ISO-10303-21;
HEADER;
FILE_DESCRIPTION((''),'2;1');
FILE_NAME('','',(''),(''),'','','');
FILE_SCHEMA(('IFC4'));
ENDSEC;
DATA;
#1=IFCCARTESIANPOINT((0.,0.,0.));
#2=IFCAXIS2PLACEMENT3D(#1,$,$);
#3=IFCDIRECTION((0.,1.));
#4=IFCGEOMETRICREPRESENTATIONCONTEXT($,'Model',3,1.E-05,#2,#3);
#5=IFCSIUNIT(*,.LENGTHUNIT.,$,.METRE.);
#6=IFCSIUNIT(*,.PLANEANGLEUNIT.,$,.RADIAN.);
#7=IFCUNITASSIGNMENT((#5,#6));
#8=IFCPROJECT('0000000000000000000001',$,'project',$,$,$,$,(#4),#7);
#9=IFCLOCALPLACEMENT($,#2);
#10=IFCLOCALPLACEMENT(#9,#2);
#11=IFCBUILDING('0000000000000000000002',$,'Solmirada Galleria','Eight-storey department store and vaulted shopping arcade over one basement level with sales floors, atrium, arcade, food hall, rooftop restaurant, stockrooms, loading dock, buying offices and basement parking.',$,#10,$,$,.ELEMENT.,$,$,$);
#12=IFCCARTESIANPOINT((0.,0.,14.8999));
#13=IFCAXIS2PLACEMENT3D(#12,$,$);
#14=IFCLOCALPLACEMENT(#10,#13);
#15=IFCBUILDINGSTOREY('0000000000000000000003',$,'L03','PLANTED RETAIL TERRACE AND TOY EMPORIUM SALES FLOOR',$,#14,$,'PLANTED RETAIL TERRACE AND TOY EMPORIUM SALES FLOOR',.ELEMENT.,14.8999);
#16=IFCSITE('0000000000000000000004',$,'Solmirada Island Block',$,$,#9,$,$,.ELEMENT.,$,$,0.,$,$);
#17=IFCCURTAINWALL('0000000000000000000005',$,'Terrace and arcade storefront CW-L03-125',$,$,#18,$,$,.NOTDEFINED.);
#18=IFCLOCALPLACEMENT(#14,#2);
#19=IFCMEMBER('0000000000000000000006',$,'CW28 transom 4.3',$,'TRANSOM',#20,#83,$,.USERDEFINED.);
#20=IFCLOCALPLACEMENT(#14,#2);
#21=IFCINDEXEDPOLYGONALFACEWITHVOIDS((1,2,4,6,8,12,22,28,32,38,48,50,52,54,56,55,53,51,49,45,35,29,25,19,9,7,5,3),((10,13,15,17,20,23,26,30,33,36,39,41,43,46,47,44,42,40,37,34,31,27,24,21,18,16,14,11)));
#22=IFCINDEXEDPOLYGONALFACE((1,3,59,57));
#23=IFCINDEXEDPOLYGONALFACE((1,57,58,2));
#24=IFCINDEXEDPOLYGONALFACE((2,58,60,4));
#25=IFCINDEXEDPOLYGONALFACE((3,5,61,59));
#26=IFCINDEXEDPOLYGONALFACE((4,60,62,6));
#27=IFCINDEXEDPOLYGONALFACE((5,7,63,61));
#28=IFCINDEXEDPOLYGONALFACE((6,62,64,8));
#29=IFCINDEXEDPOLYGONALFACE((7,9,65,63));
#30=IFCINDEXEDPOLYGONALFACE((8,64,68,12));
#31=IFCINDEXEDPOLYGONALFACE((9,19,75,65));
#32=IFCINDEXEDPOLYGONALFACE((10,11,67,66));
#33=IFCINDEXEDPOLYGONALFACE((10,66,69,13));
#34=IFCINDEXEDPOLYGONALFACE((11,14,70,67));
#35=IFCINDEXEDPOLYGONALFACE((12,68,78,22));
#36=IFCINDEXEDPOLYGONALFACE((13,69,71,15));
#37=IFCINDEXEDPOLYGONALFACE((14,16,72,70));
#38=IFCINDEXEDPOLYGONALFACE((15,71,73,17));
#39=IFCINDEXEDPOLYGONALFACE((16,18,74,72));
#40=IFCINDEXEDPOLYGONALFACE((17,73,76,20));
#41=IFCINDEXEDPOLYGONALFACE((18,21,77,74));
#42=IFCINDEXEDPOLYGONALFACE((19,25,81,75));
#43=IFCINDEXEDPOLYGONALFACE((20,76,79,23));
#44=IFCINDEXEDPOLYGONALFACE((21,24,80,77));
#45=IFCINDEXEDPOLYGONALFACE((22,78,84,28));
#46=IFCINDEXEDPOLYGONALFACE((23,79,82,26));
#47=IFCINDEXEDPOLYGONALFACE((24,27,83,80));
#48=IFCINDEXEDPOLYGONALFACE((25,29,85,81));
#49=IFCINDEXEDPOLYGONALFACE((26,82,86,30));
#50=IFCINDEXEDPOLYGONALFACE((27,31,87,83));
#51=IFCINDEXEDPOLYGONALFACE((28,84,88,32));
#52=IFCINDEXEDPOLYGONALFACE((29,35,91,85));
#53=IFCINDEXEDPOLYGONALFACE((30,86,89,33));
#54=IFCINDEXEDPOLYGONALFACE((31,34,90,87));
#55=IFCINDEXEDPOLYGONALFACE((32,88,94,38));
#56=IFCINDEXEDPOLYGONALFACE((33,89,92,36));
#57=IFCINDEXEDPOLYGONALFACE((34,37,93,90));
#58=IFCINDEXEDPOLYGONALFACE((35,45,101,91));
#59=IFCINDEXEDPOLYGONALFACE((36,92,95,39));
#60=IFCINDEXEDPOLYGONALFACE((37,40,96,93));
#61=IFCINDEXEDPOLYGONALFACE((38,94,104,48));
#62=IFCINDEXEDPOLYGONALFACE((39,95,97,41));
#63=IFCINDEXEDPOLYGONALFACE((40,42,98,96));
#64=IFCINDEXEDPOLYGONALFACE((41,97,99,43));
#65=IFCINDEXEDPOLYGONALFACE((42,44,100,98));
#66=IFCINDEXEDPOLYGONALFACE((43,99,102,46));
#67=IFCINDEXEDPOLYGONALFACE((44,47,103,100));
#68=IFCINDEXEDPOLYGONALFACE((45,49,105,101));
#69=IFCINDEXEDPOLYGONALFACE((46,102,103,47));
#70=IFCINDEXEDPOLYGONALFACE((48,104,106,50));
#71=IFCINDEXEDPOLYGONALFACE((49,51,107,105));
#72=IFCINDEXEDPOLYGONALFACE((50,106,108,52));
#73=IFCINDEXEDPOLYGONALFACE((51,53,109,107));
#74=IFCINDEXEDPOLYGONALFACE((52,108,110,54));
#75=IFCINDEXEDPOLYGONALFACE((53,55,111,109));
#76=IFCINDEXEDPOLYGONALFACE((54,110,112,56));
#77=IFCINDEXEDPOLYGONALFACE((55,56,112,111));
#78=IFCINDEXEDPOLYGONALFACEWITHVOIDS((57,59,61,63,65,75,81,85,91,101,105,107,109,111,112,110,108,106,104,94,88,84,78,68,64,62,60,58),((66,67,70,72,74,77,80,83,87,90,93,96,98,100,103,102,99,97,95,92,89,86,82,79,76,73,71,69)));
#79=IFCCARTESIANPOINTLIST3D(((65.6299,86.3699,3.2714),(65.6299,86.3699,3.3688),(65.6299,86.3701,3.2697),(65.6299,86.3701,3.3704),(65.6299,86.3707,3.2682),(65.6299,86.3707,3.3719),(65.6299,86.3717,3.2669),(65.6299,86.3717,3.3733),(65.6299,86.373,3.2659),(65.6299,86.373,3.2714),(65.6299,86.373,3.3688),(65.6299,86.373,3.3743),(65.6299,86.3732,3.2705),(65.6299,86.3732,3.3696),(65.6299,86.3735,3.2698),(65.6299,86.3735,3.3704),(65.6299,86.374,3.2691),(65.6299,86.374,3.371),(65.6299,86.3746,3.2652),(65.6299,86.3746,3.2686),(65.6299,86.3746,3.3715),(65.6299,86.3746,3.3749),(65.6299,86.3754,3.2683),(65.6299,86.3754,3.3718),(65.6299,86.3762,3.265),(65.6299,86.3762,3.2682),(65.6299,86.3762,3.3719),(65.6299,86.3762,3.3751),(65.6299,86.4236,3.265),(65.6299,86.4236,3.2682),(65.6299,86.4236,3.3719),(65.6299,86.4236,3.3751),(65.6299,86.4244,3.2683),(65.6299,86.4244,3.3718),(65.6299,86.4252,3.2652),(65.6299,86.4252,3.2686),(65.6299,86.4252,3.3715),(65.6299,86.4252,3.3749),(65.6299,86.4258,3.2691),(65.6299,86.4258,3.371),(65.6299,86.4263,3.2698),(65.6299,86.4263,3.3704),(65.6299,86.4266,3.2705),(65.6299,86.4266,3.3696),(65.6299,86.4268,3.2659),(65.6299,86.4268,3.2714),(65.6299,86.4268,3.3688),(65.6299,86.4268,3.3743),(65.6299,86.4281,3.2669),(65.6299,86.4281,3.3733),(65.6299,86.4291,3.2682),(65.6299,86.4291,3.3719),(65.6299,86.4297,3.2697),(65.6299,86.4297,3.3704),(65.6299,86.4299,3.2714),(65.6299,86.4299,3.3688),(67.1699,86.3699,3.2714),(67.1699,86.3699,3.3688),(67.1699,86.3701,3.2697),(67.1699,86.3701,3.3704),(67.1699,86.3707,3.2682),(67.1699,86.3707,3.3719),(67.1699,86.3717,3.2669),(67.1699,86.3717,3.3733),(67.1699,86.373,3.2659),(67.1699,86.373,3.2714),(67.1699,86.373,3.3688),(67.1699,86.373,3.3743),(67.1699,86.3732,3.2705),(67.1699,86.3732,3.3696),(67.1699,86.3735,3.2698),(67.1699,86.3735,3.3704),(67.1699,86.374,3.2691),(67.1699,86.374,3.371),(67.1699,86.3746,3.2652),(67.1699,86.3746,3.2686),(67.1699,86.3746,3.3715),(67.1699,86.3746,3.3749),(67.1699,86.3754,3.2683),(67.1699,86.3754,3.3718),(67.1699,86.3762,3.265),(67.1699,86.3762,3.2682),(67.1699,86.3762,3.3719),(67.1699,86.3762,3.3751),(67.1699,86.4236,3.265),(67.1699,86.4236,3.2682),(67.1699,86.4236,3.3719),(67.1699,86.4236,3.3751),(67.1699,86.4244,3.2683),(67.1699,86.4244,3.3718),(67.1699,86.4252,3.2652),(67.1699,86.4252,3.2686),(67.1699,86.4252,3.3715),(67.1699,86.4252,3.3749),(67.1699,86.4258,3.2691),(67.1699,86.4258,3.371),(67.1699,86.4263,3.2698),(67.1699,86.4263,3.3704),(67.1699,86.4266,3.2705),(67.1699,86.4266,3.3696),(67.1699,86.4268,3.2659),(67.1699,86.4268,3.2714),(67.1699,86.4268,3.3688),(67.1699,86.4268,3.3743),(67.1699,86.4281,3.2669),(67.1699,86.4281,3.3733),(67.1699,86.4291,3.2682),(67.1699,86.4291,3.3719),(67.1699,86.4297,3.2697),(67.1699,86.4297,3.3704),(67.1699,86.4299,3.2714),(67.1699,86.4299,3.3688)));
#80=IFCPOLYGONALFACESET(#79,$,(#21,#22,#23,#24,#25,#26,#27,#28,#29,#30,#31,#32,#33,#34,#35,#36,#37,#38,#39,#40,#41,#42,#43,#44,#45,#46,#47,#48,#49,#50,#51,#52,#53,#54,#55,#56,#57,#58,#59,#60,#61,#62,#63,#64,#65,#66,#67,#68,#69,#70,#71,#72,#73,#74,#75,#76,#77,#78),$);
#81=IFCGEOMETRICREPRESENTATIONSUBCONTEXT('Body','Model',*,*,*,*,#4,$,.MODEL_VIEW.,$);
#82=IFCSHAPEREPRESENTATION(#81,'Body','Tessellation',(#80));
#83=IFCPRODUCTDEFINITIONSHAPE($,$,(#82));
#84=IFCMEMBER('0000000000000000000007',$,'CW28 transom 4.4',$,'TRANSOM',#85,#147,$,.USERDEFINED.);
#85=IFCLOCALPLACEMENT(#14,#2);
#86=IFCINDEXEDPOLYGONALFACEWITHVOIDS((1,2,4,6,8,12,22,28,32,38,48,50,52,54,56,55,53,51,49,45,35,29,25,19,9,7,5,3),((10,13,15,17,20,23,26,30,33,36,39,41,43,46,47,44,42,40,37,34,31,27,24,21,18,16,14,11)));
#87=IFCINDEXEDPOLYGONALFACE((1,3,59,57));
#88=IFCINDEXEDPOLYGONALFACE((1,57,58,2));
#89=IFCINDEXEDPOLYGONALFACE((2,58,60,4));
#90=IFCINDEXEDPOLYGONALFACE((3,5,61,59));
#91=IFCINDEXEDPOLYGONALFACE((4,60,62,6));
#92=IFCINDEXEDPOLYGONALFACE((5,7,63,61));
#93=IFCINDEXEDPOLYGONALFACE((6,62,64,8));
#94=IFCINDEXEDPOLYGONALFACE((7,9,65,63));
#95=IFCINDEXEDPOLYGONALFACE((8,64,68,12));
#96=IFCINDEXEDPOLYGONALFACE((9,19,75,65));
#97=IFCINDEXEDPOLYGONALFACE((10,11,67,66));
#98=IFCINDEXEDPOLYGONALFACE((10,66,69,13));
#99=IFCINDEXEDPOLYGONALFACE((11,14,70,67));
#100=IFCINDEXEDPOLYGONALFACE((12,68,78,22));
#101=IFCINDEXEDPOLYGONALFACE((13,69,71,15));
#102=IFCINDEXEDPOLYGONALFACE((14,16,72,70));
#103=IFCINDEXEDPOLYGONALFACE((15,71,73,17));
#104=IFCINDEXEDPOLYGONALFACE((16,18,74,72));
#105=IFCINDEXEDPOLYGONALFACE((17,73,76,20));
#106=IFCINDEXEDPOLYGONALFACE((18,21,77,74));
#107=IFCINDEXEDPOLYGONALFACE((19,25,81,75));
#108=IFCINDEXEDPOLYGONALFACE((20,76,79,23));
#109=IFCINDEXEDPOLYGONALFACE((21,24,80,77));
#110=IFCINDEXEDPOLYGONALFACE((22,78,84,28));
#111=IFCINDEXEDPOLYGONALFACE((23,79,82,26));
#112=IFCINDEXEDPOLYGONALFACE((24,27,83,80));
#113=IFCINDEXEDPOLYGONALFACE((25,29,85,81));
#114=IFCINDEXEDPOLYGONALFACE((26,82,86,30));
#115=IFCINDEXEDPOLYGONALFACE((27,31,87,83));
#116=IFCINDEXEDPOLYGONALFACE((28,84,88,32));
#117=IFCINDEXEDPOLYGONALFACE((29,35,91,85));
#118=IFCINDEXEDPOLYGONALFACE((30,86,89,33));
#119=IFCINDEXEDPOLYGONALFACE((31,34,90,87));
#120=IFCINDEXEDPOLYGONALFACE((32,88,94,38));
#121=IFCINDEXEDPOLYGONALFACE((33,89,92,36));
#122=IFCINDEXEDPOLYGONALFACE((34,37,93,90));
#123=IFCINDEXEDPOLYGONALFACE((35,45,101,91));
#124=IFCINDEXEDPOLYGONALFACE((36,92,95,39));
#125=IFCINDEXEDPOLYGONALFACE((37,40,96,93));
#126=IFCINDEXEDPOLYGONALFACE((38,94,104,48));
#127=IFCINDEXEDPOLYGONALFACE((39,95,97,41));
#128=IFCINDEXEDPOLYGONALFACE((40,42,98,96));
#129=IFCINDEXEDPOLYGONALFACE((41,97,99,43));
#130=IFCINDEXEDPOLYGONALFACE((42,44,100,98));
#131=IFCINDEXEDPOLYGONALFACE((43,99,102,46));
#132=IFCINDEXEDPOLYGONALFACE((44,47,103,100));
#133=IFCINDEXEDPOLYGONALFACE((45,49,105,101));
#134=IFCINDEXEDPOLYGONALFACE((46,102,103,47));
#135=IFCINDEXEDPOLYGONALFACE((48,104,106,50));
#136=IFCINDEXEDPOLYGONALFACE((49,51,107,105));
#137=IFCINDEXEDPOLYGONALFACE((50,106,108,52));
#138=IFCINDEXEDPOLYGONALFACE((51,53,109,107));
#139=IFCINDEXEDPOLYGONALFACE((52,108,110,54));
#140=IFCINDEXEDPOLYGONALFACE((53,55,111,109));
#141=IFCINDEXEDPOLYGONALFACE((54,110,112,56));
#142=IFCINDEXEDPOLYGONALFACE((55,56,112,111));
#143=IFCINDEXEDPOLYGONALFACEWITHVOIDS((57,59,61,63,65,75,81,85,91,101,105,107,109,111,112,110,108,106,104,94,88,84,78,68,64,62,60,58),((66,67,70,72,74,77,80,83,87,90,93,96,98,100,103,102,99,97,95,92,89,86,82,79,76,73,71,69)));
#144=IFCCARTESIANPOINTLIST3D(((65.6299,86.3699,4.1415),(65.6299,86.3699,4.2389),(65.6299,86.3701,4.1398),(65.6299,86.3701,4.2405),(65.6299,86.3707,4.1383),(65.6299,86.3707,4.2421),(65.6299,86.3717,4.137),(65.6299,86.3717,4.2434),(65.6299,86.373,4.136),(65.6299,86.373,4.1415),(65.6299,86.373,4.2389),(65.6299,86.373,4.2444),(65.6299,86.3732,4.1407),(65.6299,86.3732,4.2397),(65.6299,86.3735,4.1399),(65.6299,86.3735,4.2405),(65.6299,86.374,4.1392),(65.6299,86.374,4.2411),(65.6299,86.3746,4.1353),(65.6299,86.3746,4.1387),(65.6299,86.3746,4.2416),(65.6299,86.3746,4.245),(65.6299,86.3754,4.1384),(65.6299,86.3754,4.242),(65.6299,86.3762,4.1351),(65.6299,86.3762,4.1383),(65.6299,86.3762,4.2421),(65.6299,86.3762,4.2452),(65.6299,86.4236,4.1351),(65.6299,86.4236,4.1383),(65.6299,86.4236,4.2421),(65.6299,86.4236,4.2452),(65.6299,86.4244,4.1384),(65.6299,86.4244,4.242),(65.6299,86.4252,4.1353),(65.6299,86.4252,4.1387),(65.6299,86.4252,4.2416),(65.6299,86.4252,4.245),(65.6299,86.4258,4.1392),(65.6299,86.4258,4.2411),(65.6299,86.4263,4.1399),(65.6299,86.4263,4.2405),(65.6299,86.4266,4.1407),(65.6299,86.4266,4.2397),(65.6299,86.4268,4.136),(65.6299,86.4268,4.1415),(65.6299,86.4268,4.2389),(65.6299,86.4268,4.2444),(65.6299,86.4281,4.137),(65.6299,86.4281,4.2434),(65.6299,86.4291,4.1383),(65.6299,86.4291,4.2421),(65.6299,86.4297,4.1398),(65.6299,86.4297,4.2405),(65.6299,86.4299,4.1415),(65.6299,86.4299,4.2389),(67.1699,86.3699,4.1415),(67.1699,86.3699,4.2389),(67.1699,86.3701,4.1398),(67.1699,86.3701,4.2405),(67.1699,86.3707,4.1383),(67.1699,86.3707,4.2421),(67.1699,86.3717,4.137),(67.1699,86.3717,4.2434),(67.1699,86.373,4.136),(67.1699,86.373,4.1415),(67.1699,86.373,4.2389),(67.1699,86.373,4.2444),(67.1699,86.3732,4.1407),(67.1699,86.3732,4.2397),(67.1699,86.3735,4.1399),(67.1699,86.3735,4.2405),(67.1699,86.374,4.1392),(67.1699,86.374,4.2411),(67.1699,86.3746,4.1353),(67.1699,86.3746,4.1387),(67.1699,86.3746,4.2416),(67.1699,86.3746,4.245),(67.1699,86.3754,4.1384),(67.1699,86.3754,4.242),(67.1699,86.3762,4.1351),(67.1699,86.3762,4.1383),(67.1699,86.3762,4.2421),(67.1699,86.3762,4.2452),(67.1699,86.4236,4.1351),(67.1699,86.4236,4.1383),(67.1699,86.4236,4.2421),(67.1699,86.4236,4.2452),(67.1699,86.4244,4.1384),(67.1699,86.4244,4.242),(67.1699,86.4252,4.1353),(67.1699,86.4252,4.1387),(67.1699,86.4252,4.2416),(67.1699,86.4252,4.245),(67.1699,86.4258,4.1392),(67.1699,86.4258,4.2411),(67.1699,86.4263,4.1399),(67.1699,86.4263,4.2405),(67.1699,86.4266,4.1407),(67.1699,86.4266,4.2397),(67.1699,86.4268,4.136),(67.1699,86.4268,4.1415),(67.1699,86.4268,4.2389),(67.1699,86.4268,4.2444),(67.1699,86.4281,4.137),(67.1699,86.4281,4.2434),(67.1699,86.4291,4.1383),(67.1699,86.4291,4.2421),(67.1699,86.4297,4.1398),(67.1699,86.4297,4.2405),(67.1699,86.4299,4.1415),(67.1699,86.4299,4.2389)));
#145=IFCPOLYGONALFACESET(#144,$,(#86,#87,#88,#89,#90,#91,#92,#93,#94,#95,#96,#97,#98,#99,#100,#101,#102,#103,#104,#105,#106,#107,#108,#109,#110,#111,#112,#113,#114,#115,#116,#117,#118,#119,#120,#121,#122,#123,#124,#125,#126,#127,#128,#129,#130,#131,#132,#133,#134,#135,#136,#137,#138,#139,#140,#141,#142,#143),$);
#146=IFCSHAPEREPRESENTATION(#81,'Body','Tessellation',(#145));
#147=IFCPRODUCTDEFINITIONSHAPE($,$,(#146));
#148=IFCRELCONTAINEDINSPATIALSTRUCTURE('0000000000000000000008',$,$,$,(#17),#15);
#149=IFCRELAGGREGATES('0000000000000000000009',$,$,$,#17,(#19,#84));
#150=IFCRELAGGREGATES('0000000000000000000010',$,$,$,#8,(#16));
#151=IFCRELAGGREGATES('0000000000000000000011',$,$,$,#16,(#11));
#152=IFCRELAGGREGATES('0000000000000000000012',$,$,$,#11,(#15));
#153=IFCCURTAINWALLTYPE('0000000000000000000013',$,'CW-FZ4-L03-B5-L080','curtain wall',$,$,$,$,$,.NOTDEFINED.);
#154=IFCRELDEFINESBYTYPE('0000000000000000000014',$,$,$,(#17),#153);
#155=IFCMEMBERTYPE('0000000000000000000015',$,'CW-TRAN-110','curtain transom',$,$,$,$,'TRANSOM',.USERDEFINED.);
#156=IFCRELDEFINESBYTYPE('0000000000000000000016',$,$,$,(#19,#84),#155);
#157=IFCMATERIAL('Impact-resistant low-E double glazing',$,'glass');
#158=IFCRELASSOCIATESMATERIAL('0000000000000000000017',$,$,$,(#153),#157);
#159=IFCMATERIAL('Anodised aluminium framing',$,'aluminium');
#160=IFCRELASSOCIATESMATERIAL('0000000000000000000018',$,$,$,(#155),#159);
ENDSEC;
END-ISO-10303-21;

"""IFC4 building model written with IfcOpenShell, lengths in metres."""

from ifc_helpers import new_model, si_unit, direction, frame, origin, origin_2d, place, context, subcontext, project, spatial, hollow_rectangle, extrude, material, material_profile, profile_set, type_object, element, aggregate, save


model = new_model("IFC4")

# Units and contexts
model_context = context("Model", 3, precision=1e-05, world=origin(), true_north=direction((0.0, 1.0)))
body_context = subcontext(model_context, "Body", "Model", "MODEL_VIEW")
ifc_project = project(units=[si_unit("LENGTHUNIT", "METRE"), si_unit("PLANEANGLEUNIT", "RADIAN")], contexts=[model_context])

# Site, building, storey
site_placement = place(None, origin())
site = spatial("IfcSite", under=ifc_project, at=site_placement, Name="Solmirada Island Block", CompositionType="ELEMENT", RefElevation=0.0)
building_placement = place(site_placement, origin())
building = spatial("IfcBuilding", under=site, at=building_placement, Name="Solmirada Galleria", Description="Eight-storey department store and vaulted shopping arcade over one basement level with sales floors, atrium, arcade, food hall, rooftop restaurant, stockrooms, loading dock, buying offices and basement parking.", CompositionType="ELEMENT")
storey_placement = place(building_placement, frame((0.0, 0.0, 14.8999)))
storey = spatial("IfcBuildingStorey", under=building, at=storey_placement, Name="L03", Description="PLANTED RETAIL TERRACE AND TOY EMPORIUM SALES FLOOR", LongName="PLANTED RETAIL TERRACE AND TOY EMPORIUM SALES FLOOR", CompositionType="ELEMENT", Elevation=14.8999)

# Curtain wall, members
ifc_material_1 = material(Name="Impact-resistant low-E double glazing", Category="glass")
curtain_wall_type = type_object("IfcCurtainWallType", Name="CW-FZ4-L03-B5-L080", Description="curtain wall", PredefinedType="NOTDEFINED", material=ifc_material_1)
curtain_wall_placement = place(storey_placement, origin())
curtain_wall = element("IfcCurtainWall", 1, at=curtain_wall_placement, inside=storey, type_object=curtain_wall_type, Name="Terrace and arcade storefront CW-L03-125", PredefinedType="NOTDEFINED")
ifc_material_2 = material(Name="Anodised aluminium framing", Category="aluminium")
ifc_material_profile_1 = material_profile(ifc_material_2, hollow_rectangle(XDim=0.0601, YDim=0.1101, WallThickness=0.0032, InnerFilletRadius=0.0032, OuterFilletRadius=0.0063, at=origin_2d()), Name="ALU-TRAN-110X60")
ifc_profile_set_1 = profile_set([ifc_material_profile_1], Name="Anodised aluminium framing")
member_type_1 = type_object("IfcMemberType", Name="CW-TRAN-110", Description="curtain transom", ElementType="TRANSOM", PredefinedType="USERDEFINED", material=ifc_profile_set_1)
member_1_placement = place(storey_placement, frame((67.1699, 86.3999, 3.3201), z_axis=(-1.0, 0.0, 0.0), x_axis=(0.0, -1.0, 0.0)))
member_1 = element("IfcMember", 2, at=member_1_placement, type_object=member_type_1, Name="CW28 transom 4.3", ObjectType="TRANSOM", PredefinedType="USERDEFINED", context=body_context, shape_type="SweptSolid", body=[
    extrude(hollow_rectangle(XDim=0.0601, YDim=0.1101, WallThickness=0.0032, InnerFilletRadius=0.0032, OuterFilletRadius=0.0063, at=origin_2d()), origin(), (0.0, 0.0, 1.0), 1.54),
])
member_2_placement = place(storey_placement, frame((67.1699, 86.3999, 4.1902), z_axis=(-1.0, 0.0, 0.0), x_axis=(0.0, -1.0, 0.0)))
member_2 = element("IfcMember", 3, at=member_2_placement, type_object=member_type_1, Name="CW28 transom 4.4", ObjectType="TRANSOM", PredefinedType="USERDEFINED", context=body_context, shape_type="SweptSolid", body=[
    extrude(hollow_rectangle(XDim=0.0601, YDim=0.1101, WallThickness=0.0032, InnerFilletRadius=0.0032, OuterFilletRadius=0.0063, at=origin_2d()), origin(), (0.0, 0.0, 1.0), 1.54),
])
aggregate(curtain_wall, [member_1, member_2])

save(model, "model.ifc")
